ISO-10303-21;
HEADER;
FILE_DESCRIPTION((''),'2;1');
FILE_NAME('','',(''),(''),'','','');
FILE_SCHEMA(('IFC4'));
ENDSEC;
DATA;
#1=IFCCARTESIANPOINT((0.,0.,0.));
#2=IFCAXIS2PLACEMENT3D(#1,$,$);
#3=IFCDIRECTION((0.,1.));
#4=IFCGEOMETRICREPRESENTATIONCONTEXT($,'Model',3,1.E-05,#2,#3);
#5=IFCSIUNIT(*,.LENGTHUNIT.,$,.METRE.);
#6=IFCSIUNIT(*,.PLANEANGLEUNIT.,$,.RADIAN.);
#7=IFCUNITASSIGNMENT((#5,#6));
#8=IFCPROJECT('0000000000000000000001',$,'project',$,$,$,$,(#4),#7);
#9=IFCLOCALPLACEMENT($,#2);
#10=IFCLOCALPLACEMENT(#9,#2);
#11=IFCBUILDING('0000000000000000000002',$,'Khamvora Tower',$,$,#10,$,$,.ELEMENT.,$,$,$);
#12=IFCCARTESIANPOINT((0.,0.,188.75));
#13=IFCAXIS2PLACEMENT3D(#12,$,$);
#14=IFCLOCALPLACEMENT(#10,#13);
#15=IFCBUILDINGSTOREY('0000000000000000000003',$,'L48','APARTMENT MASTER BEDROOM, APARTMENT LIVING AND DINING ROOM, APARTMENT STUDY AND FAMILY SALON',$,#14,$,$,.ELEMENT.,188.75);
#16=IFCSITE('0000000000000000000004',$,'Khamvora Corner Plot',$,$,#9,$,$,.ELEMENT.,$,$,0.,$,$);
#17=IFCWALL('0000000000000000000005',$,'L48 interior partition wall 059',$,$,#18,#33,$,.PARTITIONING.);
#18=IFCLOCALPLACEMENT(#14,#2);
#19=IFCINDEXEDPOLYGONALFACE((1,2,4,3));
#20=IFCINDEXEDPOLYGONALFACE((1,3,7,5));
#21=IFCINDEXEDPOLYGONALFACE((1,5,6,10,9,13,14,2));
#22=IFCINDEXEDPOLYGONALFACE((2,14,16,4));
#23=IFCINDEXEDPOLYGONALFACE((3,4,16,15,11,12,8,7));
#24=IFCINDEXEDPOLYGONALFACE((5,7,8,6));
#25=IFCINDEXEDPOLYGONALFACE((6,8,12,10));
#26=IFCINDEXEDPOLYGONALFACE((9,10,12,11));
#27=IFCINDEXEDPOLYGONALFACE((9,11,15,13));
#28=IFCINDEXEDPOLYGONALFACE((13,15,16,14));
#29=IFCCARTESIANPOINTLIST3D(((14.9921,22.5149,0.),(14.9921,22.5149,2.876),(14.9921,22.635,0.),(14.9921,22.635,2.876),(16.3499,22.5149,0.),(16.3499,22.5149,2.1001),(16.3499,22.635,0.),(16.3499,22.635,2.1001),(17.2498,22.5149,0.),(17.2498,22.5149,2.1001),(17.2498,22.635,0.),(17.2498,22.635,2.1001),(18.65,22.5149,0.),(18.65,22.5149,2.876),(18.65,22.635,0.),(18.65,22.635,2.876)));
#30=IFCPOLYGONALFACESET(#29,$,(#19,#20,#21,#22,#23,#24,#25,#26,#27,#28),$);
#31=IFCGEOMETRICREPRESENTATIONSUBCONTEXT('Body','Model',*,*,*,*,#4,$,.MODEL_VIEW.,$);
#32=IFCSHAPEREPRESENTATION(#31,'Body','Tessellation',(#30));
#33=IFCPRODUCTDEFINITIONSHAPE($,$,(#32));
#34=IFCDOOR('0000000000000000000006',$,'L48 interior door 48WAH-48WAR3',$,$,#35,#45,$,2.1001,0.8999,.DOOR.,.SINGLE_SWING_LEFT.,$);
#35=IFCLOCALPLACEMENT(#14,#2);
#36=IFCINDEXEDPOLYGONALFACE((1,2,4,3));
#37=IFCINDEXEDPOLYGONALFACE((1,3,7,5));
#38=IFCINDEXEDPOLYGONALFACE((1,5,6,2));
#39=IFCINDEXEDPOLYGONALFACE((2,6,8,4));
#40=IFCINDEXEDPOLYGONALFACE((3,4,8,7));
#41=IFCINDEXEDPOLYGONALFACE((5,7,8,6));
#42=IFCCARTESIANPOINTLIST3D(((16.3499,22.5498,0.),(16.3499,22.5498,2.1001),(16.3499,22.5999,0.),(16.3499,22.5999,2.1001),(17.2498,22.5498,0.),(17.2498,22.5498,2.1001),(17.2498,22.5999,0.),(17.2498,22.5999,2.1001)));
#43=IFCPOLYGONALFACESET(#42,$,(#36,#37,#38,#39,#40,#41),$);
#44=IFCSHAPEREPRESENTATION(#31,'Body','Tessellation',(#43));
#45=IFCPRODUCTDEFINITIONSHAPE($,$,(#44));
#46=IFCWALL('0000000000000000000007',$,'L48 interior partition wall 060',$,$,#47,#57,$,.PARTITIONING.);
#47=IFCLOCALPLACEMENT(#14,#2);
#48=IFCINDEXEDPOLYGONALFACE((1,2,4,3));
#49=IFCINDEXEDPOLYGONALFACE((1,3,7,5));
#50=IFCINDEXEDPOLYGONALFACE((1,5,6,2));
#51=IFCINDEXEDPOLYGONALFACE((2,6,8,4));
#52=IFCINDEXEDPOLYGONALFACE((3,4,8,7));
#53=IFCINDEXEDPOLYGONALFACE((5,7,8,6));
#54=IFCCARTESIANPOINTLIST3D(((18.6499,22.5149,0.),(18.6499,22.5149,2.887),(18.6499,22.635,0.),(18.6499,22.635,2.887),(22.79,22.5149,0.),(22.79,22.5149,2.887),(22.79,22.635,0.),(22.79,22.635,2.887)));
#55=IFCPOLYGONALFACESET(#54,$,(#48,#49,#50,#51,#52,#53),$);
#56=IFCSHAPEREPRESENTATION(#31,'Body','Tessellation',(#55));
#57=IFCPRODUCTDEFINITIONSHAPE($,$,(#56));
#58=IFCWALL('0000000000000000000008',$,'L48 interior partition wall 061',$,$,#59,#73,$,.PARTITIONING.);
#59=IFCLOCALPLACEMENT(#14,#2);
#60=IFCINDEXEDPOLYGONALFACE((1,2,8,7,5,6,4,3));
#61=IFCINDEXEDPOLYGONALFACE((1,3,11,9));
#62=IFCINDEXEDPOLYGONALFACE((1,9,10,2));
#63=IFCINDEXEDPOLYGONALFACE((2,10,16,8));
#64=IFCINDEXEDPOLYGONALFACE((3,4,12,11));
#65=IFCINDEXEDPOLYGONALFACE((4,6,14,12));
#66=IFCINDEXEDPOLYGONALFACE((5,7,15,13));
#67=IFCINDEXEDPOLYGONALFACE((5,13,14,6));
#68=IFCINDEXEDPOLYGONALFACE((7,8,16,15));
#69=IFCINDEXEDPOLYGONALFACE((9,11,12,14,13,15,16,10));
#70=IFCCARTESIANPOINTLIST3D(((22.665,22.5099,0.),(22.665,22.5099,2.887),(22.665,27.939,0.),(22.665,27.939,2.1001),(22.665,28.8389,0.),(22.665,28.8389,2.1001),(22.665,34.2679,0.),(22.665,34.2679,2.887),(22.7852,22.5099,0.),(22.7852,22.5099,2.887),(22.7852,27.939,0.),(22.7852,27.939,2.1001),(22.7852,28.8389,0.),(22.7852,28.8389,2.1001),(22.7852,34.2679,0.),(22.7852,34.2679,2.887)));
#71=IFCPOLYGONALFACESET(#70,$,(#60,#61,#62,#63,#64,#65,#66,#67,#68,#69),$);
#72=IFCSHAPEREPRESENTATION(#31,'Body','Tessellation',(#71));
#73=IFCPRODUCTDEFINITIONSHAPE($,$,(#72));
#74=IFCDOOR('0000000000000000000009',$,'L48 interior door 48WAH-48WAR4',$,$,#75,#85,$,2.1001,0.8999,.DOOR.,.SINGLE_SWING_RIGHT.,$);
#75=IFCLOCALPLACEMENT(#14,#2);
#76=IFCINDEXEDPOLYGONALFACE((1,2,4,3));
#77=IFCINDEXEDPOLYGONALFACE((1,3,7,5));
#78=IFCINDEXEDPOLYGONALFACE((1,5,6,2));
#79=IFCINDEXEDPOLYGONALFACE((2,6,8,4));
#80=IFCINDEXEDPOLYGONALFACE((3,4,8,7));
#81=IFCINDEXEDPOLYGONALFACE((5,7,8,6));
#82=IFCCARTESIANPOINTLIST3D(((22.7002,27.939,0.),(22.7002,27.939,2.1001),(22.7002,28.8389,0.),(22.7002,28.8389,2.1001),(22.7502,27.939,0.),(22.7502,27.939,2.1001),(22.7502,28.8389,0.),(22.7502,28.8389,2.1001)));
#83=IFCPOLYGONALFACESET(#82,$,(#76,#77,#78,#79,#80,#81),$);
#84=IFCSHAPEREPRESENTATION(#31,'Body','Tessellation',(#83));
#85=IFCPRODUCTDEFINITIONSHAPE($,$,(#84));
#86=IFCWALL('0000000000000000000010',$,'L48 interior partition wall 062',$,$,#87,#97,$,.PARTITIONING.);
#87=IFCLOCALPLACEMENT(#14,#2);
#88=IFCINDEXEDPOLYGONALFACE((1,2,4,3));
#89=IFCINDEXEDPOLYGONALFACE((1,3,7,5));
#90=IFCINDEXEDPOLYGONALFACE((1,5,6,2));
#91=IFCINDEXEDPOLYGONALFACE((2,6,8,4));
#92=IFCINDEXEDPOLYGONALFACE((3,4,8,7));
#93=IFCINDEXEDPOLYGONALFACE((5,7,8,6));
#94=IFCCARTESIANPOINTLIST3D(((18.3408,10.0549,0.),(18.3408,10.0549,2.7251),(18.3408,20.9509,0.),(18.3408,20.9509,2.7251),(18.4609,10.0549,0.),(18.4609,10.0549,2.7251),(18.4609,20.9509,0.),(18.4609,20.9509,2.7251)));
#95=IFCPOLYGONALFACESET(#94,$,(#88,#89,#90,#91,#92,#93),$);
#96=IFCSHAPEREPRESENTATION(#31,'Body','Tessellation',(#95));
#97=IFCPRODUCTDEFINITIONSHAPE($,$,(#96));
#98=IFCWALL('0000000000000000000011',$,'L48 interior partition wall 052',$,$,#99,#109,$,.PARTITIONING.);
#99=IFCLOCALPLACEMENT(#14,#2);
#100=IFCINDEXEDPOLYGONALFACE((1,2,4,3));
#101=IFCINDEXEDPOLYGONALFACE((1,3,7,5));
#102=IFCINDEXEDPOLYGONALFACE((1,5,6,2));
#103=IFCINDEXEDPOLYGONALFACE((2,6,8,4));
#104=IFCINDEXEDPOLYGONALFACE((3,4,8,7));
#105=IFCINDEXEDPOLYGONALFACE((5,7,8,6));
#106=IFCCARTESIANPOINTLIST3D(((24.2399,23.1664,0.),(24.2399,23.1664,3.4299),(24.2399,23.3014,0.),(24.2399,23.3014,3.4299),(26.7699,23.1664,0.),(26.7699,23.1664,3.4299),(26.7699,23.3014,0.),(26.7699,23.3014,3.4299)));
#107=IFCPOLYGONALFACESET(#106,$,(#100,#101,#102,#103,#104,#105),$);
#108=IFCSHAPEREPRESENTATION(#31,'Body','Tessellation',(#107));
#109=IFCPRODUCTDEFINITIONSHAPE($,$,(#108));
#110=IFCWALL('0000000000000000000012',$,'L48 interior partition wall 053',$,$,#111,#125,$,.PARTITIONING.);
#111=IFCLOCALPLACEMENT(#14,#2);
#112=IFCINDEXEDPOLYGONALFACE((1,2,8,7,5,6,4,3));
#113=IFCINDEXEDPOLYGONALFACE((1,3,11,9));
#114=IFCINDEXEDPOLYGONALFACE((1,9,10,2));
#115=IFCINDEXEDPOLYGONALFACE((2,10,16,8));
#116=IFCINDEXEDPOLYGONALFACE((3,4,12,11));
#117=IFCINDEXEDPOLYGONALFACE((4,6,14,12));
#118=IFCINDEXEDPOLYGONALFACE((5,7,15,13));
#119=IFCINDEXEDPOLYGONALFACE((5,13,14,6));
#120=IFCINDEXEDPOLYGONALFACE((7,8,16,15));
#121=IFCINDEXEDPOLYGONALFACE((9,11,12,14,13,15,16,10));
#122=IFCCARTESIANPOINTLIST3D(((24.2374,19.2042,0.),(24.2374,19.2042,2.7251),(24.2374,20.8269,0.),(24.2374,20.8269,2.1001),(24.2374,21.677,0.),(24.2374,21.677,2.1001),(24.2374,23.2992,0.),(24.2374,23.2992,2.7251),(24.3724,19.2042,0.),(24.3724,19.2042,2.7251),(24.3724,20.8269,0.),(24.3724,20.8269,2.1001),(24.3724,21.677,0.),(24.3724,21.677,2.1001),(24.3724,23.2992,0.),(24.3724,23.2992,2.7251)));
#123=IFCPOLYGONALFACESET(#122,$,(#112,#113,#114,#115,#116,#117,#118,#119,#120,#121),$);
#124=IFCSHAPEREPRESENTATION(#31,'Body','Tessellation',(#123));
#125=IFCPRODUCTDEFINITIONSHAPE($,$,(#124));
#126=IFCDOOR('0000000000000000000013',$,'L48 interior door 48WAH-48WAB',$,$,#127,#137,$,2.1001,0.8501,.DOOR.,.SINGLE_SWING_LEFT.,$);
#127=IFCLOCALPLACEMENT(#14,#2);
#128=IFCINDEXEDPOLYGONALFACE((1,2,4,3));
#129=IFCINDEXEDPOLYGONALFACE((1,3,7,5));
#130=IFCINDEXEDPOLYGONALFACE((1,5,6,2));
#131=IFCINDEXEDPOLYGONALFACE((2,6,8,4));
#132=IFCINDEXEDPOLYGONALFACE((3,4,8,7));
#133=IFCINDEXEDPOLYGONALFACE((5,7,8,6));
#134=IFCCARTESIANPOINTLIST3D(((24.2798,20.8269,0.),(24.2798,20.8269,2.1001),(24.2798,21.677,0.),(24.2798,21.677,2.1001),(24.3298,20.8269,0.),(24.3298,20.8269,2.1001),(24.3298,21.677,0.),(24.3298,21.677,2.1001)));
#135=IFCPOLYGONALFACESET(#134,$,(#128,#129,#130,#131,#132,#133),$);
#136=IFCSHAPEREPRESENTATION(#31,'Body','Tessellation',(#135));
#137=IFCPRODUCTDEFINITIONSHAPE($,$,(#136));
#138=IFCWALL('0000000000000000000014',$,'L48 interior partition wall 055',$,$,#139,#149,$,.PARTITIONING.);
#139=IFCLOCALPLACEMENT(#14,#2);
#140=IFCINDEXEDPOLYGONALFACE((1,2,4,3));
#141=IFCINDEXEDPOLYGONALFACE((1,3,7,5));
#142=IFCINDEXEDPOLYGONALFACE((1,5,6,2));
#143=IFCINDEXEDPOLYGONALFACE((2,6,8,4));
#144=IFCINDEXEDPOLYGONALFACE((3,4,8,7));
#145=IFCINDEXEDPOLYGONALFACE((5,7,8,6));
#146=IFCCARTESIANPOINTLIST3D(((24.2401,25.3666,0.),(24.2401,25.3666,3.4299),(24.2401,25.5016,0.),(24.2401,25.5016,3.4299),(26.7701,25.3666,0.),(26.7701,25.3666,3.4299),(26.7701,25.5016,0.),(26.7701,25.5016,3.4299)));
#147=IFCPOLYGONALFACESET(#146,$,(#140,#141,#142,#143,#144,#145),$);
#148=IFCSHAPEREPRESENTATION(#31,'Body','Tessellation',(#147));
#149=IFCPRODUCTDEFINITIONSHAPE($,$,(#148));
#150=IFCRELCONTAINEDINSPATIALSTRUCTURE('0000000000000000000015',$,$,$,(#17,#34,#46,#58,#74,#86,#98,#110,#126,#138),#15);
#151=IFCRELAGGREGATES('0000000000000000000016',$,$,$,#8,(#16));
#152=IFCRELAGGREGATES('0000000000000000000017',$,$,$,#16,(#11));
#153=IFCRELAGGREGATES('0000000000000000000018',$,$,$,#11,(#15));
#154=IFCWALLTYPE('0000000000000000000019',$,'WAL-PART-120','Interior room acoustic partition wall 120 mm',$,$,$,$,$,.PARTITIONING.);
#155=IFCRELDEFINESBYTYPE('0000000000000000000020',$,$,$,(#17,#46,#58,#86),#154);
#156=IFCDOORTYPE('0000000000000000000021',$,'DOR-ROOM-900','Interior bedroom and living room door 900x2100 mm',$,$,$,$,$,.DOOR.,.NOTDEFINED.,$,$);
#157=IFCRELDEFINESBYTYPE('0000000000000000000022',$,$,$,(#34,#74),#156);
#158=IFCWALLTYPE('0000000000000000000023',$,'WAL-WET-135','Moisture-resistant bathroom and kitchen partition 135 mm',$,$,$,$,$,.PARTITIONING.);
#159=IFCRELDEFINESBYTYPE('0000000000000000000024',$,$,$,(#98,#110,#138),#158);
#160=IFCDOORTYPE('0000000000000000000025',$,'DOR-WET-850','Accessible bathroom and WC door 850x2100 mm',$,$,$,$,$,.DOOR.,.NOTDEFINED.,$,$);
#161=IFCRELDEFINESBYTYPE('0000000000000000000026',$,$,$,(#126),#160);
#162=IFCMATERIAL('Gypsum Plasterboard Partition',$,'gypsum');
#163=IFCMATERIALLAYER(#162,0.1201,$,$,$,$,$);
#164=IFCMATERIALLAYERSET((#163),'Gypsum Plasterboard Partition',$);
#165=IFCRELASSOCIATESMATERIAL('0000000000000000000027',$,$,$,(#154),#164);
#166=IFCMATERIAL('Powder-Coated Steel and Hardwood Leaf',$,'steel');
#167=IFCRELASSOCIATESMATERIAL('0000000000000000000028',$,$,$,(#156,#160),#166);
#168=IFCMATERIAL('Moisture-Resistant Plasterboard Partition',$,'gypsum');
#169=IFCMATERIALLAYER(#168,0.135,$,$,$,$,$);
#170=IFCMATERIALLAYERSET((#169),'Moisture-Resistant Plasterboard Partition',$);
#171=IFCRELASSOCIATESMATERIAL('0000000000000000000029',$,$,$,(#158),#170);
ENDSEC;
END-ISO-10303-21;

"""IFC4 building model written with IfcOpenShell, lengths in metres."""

from ifc_helpers import new_model, si_unit, direction, frame, frame_2d, origin, place, context, subcontext, project, spatial, rectangle, extrude, material, layer, layer_set, type_object, element, fill, save


model = new_model("IFC4")

# Units and contexts
model_context = context("Model", 3, precision=1e-05, world=origin(), true_north=direction((0.0, 1.0)))
body_context = subcontext(model_context, "Body", "Model", "MODEL_VIEW")
ifc_project = project(units=[si_unit("LENGTHUNIT", "METRE"), si_unit("PLANEANGLEUNIT", "RADIAN")], contexts=[model_context])

# Site, building, storey
site_placement = place(None, origin())
site = spatial("IfcSite", under=ifc_project, at=site_placement, Name="Khamvora Corner Plot", CompositionType="ELEMENT", RefElevation=0.0)
building_placement = place(site_placement, origin())
building = spatial("IfcBuilding", under=site, at=building_placement, Name="Khamvora Tower", CompositionType="ELEMENT")
storey_placement = place(building_placement, frame((0.0, 0.0, 188.75)))
storey = spatial("IfcBuildingStorey", under=building, at=storey_placement, Name="L48", Description="APARTMENT MASTER BEDROOM, APARTMENT LIVING AND DINING ROOM, APARTMENT STUDY AND FAMILY SALON", CompositionType="ELEMENT", Elevation=188.75)

# Shared definitions
ifc_material_1 = material(Name="Powder-Coated Steel and Hardwood Leaf", Category="steel")

# Shared definitions
ifc_material_2 = material(Name="Gypsum Plasterboard Partition", Category="gypsum")
ifc_layer_1 = layer(ifc_material_2, 0.1201)
ifc_layer_set_1 = layer_set([ifc_layer_1], Name="Gypsum Plasterboard Partition")
wall_type_1 = type_object("IfcWallType", Name="WAL-PART-120", Description="Interior room acoustic partition wall 120 mm", PredefinedType="PARTITIONING", material=ifc_layer_set_1)
door_type_1 = type_object("IfcDoorType", Name="DOR-ROOM-900", Description="Interior bedroom and living room door 900x2100 mm", OperationType="NOTDEFINED", PredefinedType="DOOR", material=ifc_material_1)

# Wall, opening, door
wall_1_placement = place(storey_placement, frame((14.9919, 22.575, 0.0), z_axis=(0.0, 0.0, 1.0), x_axis=(1.0, 0.0, 0.0)))
wall_1 = element("IfcWall", 1, at=wall_1_placement, inside=storey, type_object=wall_type_1, Name="L48 interior partition wall 059", PredefinedType="PARTITIONING", context=body_context, shape_type="SweptSolid", body=[
    extrude(rectangle(XDim=3.658, YDim=0.1201, at=frame_2d((1.8291, 0.0))), origin(), (0.0, 0.0, 1.0), 2.876),
])
opening_1_placement = place(wall_1_placement, frame((1.3579, 0.0, 0.0)))
opening_1 = element("IfcOpeningElement", 2, at=opening_1_placement, cuts=wall_1, PredefinedType="OPENING", context=body_context, shape_type="SweptSolid", body=[
    extrude(rectangle(XDim=0.8999, YDim=2.1001, at=frame_2d((0.45, 1.05))), frame((0.0, 0.0701, 0.0), z_axis=(0.0, -1.0, 0.0), x_axis=(1.0, 0.0, 0.0)), (0.0, 0.0, 1.0), 0.1401),
])
door_1_placement = place(opening_1_placement, origin())
door_1 = element("IfcDoor", 3, at=door_1_placement, inside=storey, type_object=door_type_1, Name="L48 interior door 48WAH-48WAR3", OperationType="SINGLE_SWING_LEFT", OverallHeight=2.1001, OverallWidth=0.8999, PredefinedType="DOOR", context=body_context, shape_type="SweptSolid", body=[
    extrude(rectangle(XDim=0.8999, YDim=2.1001, at=frame_2d((0.45, 1.05))), frame((0.0, 0.0249, 0.0), z_axis=(0.0, -1.0, 0.0), x_axis=(1.0, 0.0, 0.0)), (0.0, 0.0, 1.0), 0.05),
])
fill(opening_1, door_1)

# Wall
wall_2_placement = place(storey_placement, frame((18.6499, 22.575, 0.0), z_axis=(0.0, 0.0, 1.0), x_axis=(1.0, 0.0, 0.0)))
element("IfcWall", 4, at=wall_2_placement, inside=storey, type_object=wall_type_1, Name="L48 interior partition wall 060", PredefinedType="PARTITIONING", context=body_context, shape_type="SweptSolid", body=[
    extrude(rectangle(XDim=4.1401, YDim=0.1201, at=frame_2d((2.0701, 0.0))), origin(), (0.0, 0.0, 1.0), 2.887),
])

# Wall, opening, door
wall_3_placement = place(storey_placement, frame((22.7251, 22.51, 0.0), z_axis=(0.0, 0.0, 1.0), x_axis=(0.0, 1.0, 0.0)))
wall_3 = element("IfcWall", 5, at=wall_3_placement, inside=storey, type_object=wall_type_1, Name="L48 interior partition wall 061", PredefinedType="PARTITIONING", context=body_context, shape_type="SweptSolid", body=[
    extrude(rectangle(XDim=11.7581, YDim=0.1201, at=frame_2d((5.8789, 0.0))), origin(), (0.0, 0.0, 1.0), 2.887),
])
opening_2_placement = place(wall_3_placement, frame((5.429, 0.0, 0.0)))
opening_2 = element("IfcOpeningElement", 6, at=opening_2_placement, cuts=wall_3, PredefinedType="OPENING", context=body_context, shape_type="SweptSolid", body=[
    extrude(rectangle(XDim=0.8999, YDim=2.1001, at=frame_2d((0.45, 1.05))), frame((0.0, 0.0701, 0.0), z_axis=(0.0, -1.0, 0.0), x_axis=(1.0, 0.0, 0.0)), (0.0, 0.0, 1.0), 0.1401),
])
door_2_placement = place(opening_2_placement, origin())
door_2 = element("IfcDoor", 7, at=door_2_placement, inside=storey, type_object=door_type_1, Name="L48 interior door 48WAH-48WAR4", OperationType="SINGLE_SWING_RIGHT", OverallHeight=2.1001, OverallWidth=0.8999, PredefinedType="DOOR", context=body_context, shape_type="SweptSolid", body=[
    extrude(rectangle(XDim=0.8999, YDim=2.1001, at=frame_2d((0.45, 1.05))), frame((0.0, 0.0249, 0.0), z_axis=(0.0, -1.0, 0.0), x_axis=(1.0, 0.0, 0.0)), (0.0, 0.0, 1.0), 0.05),
])
fill(opening_2, door_2)

# Walls
wall_4_placement = place(storey_placement, frame((18.4009, 20.9509, 0.0), z_axis=(0.0, 0.0, 1.0), x_axis=(0.0, -1.0, 0.0)))
element("IfcWall", 8, at=wall_4_placement, inside=storey, type_object=wall_type_1, Name="L48 interior partition wall 062", PredefinedType="PARTITIONING", context=body_context, shape_type="SweptSolid", body=[
    extrude(rectangle(XDim=10.896, YDim=0.1201, at=frame_2d((5.448, 0.0))), origin(), (0.0, 0.0, 1.0), 2.7251),
])
ifc_material_3 = material(Name="Moisture-Resistant Plasterboard Partition", Category="gypsum")
ifc_layer_2 = layer(ifc_material_3, 0.135)
ifc_layer_set_2 = layer_set([ifc_layer_2], Name="Moisture-Resistant Plasterboard Partition")
wall_type_2 = type_object("IfcWallType", Name="WAL-WET-135", Description="Moisture-resistant bathroom and kitchen partition 135 mm", PredefinedType="PARTITIONING", material=ifc_layer_set_2)
wall_5_placement = place(storey_placement, frame((26.77, 23.2339, 0.0), z_axis=(0.0, 0.0, 1.0), x_axis=(-1.0, 0.0, 0.0)))
element("IfcWall", 9, at=wall_5_placement, inside=storey, type_object=wall_type_2, Name="L48 interior partition wall 052", PredefinedType="PARTITIONING", context=body_context, shape_type="SweptSolid", body=[
    extrude(rectangle(XDim=2.53, YDim=0.135, at=frame_2d((1.2651, 0.0))), origin(), (0.0, 0.0, 1.0), 3.4299),
])

# Wall, opening, door
wall_6_placement = place(storey_placement, frame((24.3049, 23.2991, 0.0), z_axis=(0.0, 0.0, 1.0), x_axis=(0.0, -1.0, 0.0)))
wall_6 = element("IfcWall", 10, at=wall_6_placement, inside=storey, type_object=wall_type_2, Name="L48 interior partition wall 053", PredefinedType="PARTITIONING", context=body_context, shape_type="SweptSolid", body=[
    extrude(rectangle(XDim=4.095, YDim=0.135, at=frame_2d((2.0474, 0.0))), origin(), (0.0, 0.0, 1.0), 2.7251),
])
opening_3_placement = place(wall_6_placement, frame((1.6221, 0.0, 0.0)))
opening_3 = element("IfcOpeningElement", 11, at=opening_3_placement, cuts=wall_6, PredefinedType="OPENING", context=body_context, shape_type="SweptSolid", body=[
    extrude(rectangle(XDim=0.8501, YDim=2.1001, at=frame_2d((0.425, 1.05))), frame((0.0, 0.0774, 0.0), z_axis=(0.0, -1.0, 0.0), x_axis=(1.0, 0.0, 0.0)), (0.0, 0.0, 1.0), 0.155),
])
door_type_2 = type_object("IfcDoorType", Name="DOR-WET-850", Description="Accessible bathroom and WC door 850x2100 mm", OperationType="NOTDEFINED", PredefinedType="DOOR", material=ifc_material_1)
door_3_placement = place(opening_3_placement, origin())
door_3 = element("IfcDoor", 12, at=door_3_placement, inside=storey, type_object=door_type_2, Name="L48 interior door 48WAH-48WAB", OperationType="SINGLE_SWING_LEFT", OverallHeight=2.1001, OverallWidth=0.8501, PredefinedType="DOOR", context=body_context, shape_type="SweptSolid", body=[
    extrude(rectangle(XDim=0.8501, YDim=2.1001, at=frame_2d((0.425, 1.05))), frame((0.0, 0.0249, 0.0), z_axis=(0.0, -1.0, 0.0), x_axis=(1.0, 0.0, 0.0)), (0.0, 0.0, 1.0), 0.05),
])
fill(opening_3, door_3)

# Wall
wall_7_placement = place(storey_placement, frame((24.24, 25.4341, 0.0), z_axis=(0.0, 0.0, 1.0), x_axis=(1.0, 0.0, 0.0)))
element("IfcWall", 13, at=wall_7_placement, inside=storey, type_object=wall_type_2, Name="L48 interior partition wall 055", PredefinedType="PARTITIONING", context=body_context, shape_type="SweptSolid", body=[
    extrude(rectangle(XDim=2.53, YDim=0.135, at=frame_2d((1.2651, 0.0))), origin(), (0.0, 0.0, 1.0), 3.4299),
])

save(model, "model.ifc")
